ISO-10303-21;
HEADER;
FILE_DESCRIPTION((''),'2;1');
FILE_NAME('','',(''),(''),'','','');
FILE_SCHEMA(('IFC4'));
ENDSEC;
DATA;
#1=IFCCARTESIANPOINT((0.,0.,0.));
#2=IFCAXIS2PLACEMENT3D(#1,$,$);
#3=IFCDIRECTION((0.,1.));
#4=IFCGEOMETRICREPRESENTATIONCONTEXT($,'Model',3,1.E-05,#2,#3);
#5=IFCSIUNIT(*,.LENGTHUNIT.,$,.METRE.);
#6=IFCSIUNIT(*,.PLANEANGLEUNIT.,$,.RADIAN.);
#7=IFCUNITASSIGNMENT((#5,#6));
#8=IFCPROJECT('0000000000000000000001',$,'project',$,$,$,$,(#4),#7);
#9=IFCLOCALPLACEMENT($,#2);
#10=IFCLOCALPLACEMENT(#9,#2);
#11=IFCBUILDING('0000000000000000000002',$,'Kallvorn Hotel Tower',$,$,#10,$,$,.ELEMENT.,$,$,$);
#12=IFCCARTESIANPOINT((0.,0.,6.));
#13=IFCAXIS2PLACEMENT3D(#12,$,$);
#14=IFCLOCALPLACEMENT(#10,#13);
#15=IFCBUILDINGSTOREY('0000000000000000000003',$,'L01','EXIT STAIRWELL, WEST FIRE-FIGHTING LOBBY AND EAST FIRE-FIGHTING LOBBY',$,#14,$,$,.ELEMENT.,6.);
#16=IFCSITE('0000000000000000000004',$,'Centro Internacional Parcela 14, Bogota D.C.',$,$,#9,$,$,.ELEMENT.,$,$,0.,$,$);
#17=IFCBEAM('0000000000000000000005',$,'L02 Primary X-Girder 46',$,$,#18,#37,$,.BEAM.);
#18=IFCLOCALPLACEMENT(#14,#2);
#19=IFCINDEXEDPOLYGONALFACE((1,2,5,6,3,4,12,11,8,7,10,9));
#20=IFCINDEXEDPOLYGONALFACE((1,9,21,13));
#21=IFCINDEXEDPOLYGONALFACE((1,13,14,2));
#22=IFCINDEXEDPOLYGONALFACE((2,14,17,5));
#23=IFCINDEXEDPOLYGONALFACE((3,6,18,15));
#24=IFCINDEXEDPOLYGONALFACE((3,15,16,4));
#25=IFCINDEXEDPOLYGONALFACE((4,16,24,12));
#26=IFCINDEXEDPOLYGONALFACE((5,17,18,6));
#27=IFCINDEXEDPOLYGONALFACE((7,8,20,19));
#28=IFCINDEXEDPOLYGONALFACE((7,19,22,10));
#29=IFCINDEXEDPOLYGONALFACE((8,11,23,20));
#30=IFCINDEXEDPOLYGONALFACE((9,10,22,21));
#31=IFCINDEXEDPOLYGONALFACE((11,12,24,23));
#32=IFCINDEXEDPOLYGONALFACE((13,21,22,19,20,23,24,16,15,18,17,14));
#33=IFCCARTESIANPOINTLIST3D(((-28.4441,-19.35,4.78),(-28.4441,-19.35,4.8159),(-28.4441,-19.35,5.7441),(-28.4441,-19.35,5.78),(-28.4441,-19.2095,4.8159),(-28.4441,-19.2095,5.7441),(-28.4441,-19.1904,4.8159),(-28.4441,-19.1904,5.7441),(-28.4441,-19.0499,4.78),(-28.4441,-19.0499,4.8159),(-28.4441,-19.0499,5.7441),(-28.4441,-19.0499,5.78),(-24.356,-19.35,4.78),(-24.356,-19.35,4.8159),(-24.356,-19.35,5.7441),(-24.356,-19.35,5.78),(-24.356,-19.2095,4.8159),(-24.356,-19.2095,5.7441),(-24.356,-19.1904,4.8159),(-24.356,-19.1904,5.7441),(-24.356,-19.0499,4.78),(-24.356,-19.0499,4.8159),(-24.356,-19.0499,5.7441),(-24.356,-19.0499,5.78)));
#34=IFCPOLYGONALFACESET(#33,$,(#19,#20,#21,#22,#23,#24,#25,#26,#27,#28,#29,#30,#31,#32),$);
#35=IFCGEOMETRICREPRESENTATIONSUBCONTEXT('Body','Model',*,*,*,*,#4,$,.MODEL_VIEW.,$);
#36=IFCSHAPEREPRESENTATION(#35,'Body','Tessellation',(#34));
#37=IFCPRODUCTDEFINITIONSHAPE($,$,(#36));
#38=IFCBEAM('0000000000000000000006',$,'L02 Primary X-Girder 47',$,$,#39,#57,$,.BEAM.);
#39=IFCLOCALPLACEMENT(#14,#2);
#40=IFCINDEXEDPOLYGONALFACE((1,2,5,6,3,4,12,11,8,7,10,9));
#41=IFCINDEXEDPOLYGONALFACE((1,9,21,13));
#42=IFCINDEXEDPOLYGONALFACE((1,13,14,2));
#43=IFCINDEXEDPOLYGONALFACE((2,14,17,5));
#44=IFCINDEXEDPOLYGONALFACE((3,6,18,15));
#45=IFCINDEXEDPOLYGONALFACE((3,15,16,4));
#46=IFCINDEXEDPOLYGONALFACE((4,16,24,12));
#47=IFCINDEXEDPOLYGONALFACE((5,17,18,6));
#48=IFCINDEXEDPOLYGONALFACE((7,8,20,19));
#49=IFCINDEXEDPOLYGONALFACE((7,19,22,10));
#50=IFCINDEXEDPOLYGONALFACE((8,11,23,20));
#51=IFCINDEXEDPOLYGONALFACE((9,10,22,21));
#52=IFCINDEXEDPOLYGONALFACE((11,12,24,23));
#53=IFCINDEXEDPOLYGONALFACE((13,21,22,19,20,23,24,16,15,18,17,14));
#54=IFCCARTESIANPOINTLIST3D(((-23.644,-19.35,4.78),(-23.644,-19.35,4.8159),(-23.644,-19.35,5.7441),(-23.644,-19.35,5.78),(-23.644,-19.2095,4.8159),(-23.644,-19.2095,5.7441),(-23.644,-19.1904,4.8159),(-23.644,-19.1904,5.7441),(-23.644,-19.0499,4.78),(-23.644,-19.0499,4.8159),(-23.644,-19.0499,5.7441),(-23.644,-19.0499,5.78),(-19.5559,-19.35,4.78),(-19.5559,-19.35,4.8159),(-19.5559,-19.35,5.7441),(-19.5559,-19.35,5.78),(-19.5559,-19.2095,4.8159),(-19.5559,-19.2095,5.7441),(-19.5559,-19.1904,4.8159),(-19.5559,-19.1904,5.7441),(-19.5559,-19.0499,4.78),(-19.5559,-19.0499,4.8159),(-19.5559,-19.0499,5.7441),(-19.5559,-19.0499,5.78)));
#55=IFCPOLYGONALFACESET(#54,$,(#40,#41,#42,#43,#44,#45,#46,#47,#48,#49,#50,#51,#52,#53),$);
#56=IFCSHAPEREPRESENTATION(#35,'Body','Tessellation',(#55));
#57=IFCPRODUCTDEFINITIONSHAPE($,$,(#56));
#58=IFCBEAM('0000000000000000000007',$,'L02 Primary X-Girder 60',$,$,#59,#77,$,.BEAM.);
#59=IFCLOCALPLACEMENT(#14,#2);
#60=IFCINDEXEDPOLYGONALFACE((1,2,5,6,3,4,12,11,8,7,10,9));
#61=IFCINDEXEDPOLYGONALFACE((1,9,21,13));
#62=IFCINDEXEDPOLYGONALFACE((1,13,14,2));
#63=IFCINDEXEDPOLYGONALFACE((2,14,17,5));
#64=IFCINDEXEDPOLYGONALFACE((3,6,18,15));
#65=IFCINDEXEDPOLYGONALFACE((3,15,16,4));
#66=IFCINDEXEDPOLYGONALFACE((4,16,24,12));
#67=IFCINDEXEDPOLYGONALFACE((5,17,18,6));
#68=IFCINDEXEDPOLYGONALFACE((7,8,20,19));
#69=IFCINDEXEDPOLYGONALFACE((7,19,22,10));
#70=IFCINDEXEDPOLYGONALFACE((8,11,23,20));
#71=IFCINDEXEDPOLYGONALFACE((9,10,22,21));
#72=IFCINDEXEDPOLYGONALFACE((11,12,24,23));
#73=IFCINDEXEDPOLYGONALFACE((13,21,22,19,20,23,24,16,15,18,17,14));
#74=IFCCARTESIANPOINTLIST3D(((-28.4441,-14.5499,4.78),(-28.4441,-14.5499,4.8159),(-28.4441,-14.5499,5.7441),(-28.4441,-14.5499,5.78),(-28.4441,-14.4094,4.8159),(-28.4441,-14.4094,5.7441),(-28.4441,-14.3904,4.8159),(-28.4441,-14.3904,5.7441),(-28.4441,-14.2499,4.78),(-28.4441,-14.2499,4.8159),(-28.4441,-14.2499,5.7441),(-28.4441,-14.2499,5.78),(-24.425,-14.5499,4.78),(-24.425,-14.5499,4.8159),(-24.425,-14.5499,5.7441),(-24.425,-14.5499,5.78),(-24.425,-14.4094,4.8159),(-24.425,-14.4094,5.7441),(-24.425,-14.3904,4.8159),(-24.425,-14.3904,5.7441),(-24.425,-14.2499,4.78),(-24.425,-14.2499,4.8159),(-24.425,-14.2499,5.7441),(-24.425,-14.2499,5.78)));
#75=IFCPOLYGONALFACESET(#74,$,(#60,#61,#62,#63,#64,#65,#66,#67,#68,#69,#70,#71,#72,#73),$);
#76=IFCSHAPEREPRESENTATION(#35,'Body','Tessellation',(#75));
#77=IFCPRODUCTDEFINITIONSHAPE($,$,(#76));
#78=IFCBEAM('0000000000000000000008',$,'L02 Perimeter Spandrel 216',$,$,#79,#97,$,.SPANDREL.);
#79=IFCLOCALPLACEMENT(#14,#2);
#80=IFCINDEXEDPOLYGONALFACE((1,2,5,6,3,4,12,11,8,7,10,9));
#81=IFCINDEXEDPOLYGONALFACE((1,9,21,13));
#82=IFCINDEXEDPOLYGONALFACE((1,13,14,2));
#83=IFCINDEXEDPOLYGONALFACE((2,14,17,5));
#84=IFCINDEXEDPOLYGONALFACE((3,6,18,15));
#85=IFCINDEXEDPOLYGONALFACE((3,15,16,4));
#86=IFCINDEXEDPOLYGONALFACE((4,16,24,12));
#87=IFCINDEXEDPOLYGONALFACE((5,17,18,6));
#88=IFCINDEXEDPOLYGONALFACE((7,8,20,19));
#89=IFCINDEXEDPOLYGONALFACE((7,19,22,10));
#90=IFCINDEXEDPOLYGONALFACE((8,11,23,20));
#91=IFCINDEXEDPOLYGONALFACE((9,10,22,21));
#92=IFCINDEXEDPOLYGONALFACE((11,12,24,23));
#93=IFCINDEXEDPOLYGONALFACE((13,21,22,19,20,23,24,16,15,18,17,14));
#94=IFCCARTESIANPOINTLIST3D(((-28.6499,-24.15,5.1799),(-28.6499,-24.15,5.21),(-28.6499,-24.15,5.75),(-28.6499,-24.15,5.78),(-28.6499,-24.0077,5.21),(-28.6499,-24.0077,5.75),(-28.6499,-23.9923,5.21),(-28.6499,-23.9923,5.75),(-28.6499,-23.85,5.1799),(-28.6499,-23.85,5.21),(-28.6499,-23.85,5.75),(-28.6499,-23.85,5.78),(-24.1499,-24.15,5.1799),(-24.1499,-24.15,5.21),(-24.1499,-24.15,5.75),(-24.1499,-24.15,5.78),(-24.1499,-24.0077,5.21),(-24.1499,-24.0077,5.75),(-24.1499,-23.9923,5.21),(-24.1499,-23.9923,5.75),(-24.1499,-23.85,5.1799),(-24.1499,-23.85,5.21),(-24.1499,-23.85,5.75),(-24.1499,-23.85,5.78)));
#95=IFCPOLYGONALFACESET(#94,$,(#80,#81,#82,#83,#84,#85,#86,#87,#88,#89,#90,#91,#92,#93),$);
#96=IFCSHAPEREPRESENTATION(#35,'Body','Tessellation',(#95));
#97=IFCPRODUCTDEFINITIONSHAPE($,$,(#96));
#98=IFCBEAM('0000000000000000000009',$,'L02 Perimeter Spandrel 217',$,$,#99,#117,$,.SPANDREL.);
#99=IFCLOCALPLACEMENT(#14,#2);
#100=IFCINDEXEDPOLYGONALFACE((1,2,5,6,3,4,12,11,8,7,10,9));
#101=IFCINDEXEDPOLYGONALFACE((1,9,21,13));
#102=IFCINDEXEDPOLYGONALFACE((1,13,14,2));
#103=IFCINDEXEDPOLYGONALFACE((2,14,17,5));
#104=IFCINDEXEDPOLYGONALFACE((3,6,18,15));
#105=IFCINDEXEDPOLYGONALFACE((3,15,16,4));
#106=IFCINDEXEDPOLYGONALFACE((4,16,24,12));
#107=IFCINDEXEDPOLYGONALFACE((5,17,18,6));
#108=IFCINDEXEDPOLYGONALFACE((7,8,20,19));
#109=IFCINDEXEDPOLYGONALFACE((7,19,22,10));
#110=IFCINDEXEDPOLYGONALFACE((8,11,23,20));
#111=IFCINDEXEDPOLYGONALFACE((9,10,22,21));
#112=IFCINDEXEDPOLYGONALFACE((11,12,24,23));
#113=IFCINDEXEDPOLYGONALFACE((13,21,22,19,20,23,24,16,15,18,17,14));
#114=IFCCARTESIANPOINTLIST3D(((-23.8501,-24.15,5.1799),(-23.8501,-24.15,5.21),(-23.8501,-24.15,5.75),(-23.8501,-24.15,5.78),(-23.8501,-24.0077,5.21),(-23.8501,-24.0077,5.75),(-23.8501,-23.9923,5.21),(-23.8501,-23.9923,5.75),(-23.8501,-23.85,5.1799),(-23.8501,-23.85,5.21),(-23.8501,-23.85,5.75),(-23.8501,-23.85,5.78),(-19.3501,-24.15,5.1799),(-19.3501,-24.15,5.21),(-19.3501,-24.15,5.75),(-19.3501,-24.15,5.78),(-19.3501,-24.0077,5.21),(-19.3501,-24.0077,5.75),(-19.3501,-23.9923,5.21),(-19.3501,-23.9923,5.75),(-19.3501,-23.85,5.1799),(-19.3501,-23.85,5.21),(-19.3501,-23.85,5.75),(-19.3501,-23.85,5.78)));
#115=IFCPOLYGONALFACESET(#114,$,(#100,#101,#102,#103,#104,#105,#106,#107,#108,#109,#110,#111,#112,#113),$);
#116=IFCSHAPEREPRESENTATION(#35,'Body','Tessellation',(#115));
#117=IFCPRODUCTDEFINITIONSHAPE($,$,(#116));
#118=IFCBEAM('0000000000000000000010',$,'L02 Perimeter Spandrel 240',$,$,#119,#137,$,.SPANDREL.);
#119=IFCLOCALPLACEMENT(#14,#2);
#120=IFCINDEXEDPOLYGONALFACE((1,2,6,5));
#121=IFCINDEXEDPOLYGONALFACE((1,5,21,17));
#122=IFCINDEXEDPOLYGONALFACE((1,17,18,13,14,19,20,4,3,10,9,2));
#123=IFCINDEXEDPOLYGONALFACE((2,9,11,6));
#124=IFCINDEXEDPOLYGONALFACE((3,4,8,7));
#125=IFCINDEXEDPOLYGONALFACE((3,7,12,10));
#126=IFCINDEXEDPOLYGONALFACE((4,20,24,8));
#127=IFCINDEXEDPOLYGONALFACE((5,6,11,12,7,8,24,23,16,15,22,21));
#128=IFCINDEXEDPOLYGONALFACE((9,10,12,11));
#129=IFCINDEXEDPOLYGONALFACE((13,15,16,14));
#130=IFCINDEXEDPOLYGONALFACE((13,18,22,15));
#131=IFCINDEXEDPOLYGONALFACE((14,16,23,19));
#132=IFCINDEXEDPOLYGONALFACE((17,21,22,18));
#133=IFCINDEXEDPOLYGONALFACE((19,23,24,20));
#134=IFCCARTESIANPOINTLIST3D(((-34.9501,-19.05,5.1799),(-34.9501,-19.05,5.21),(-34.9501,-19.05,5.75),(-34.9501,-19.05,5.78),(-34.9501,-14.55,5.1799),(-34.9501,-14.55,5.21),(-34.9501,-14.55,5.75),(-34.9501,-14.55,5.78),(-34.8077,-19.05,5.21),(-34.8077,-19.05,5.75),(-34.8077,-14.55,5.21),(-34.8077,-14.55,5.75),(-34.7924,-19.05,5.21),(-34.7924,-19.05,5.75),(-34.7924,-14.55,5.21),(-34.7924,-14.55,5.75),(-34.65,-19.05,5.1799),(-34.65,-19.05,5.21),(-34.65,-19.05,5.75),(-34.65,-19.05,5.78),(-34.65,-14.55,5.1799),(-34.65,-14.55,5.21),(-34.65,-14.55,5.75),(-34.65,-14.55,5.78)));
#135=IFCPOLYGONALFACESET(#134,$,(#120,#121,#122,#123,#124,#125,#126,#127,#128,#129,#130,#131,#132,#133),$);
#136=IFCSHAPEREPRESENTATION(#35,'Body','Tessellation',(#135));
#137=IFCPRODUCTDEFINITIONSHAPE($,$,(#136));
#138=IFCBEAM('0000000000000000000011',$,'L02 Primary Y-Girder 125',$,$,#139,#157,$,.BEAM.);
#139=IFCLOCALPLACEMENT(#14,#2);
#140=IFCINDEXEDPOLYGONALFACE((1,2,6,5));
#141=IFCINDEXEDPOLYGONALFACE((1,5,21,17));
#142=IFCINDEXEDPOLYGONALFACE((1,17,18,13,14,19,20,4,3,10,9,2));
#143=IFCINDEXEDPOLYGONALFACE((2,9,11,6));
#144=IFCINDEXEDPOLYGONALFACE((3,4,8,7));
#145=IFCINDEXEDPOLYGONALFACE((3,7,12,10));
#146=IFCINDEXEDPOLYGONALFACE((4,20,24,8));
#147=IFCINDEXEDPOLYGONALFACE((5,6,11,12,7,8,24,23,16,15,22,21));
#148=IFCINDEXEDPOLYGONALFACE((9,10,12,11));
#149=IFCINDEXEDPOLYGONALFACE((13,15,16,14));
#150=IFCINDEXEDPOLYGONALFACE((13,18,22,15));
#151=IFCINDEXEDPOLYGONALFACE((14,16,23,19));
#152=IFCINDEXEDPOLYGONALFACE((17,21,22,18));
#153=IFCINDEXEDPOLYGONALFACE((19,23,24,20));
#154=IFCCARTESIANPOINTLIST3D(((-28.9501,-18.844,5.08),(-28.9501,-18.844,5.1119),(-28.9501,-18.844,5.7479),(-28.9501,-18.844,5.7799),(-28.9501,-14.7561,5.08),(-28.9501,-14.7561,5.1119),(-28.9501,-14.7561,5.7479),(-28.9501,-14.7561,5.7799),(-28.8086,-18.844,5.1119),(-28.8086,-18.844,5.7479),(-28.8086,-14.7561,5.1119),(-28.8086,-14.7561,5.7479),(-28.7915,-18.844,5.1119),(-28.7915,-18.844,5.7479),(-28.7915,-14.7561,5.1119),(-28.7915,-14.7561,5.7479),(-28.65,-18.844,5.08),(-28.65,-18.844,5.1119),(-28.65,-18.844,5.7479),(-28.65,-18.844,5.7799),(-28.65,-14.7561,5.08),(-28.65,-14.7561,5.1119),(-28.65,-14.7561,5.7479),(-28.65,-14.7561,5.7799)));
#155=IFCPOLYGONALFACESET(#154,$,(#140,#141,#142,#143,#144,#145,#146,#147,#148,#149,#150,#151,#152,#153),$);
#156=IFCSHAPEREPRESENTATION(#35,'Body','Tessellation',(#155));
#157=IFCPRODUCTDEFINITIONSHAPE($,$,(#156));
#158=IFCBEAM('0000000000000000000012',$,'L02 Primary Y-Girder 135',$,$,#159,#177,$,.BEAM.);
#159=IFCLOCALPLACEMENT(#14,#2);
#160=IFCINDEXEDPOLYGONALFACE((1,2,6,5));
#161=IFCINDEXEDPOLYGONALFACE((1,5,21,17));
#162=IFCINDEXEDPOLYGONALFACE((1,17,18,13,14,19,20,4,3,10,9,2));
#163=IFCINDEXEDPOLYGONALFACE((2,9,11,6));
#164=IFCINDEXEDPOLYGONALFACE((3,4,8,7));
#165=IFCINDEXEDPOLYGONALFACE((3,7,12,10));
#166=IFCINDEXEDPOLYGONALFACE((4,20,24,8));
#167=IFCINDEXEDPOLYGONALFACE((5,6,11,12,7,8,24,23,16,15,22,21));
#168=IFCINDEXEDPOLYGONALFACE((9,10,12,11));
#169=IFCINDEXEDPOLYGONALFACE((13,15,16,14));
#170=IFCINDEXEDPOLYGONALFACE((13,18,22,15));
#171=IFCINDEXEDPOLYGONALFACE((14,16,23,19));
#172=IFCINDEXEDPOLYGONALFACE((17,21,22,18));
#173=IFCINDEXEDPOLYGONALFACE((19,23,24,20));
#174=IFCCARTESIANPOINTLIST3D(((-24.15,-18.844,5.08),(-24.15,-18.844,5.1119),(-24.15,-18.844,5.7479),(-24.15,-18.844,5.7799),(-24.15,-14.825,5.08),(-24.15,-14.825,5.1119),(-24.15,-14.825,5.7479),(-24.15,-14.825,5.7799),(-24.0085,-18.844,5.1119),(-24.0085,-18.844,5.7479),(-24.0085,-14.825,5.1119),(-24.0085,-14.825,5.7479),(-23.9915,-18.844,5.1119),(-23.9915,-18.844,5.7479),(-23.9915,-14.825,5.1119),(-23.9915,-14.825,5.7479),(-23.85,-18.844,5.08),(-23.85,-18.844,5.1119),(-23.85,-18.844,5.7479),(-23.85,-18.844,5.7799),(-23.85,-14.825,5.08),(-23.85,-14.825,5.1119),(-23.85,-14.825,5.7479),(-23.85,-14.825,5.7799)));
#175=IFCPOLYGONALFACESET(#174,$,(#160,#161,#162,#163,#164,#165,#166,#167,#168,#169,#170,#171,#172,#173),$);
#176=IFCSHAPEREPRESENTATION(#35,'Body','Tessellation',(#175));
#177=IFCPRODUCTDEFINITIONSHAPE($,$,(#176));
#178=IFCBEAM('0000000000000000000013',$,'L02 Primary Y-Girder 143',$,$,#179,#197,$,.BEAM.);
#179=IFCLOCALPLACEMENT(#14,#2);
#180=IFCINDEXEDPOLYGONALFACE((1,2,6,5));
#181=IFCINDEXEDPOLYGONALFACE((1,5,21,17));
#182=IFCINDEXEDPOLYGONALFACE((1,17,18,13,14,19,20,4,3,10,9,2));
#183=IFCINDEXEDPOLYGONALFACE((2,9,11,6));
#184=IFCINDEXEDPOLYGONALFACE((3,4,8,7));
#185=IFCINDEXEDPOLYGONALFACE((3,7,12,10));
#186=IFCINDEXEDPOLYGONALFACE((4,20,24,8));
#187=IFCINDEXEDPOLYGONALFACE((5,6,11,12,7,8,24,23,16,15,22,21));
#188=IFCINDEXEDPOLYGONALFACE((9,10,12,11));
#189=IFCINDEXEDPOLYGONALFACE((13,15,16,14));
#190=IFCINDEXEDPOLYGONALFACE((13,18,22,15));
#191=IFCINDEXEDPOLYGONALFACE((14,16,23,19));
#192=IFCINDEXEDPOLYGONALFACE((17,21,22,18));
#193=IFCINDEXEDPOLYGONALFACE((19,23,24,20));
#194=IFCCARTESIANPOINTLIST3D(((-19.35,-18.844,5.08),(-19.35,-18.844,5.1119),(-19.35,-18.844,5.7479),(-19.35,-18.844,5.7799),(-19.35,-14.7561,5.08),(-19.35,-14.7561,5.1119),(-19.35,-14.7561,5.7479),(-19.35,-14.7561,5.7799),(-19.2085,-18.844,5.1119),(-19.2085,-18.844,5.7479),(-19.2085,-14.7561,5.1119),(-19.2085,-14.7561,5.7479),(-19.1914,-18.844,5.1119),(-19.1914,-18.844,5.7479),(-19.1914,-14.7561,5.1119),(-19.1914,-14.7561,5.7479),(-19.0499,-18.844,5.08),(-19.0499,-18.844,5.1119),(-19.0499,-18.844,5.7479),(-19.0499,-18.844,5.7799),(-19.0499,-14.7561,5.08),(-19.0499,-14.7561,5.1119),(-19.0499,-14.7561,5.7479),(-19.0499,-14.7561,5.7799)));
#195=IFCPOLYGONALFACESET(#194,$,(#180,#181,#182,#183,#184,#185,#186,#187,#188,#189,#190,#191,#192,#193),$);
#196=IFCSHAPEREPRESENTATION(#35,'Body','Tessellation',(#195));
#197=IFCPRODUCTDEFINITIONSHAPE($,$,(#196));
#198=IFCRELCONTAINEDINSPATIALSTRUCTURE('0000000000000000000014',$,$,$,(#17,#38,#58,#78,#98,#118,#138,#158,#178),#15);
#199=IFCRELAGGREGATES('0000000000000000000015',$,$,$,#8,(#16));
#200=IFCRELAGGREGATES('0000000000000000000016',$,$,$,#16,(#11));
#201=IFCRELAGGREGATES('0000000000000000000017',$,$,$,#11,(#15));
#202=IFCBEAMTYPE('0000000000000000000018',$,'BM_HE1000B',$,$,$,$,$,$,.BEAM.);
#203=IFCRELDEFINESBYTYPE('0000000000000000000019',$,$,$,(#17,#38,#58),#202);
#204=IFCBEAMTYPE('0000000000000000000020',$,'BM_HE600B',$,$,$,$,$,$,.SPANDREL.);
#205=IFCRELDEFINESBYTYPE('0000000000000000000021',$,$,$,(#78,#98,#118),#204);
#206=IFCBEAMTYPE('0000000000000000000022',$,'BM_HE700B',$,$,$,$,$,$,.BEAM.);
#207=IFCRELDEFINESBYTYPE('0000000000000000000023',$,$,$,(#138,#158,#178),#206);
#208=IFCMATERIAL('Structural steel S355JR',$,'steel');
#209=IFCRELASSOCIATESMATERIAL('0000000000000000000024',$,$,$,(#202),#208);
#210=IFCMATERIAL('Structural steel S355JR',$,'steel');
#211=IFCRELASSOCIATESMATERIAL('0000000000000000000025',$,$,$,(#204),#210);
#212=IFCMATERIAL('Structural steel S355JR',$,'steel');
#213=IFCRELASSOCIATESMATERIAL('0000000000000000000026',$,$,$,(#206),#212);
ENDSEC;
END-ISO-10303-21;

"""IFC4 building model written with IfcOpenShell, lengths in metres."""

from ifc_helpers import new_model, si_unit, direction, frame, origin, origin_2d, place, context, subcontext, project, spatial, i_section, extrude, material, material_profile, profile_set, type_object, element, save


model = new_model("IFC4")

# Units and contexts
model_context = context("Model", 3, precision=1e-05, world=origin(), true_north=direction((0.0, 1.0)))
body_context = subcontext(model_context, "Body", "Model", "MODEL_VIEW")
ifc_project = project(units=[si_unit("LENGTHUNIT", "METRE"), si_unit("PLANEANGLEUNIT", "RADIAN")], contexts=[model_context])

# Site, building, storey
site_placement = place(None, origin())
site = spatial("IfcSite", under=ifc_project, at=site_placement, Name="Centro Internacional Parcela 14, Bogota D.C.", CompositionType="ELEMENT", RefElevation=0.0)
building_placement = place(site_placement, origin())
building = spatial("IfcBuilding", under=site, at=building_placement, Name="Kallvorn Hotel Tower", CompositionType="ELEMENT")
storey_placement = place(building_placement, frame((0.0, 0.0, 6.0)))
storey = spatial("IfcBuildingStorey", under=building, at=storey_placement, Name="L01", Description="EXIT STAIRWELL, WEST FIRE-FIGHTING LOBBY AND EAST FIRE-FIGHTING LOBBY", CompositionType="ELEMENT", Elevation=6.0)

# Beams
ifc_material_1 = material(Name="Structural steel S355JR", Category="steel")
ifc_material_profile_1 = material_profile(ifc_material_1, i_section(OverallWidth=0.3, OverallDepth=1.0, WebThickness=0.019, FlangeThickness=0.0359, at=origin_2d()), Name="HE 1000 B")
ifc_profile_set_1 = profile_set([ifc_material_profile_1], Name="Structural steel S355JR")
beam_type_1 = type_object("IfcBeamType", Name="BM_HE1000B", PredefinedType="BEAM", material=ifc_profile_set_1)
for number, where, z_axis, x_axis, name in (
    (1, (-28.4441, -19.2, 5.28), (1.0, 0.0, 0.0), (0.0, 1.0, 0.0), "L02 Primary X-Girder 46"),
    (2, (-23.644, -19.2, 5.28), (1.0, 0.0, 0.0), (0.0, 1.0, 0.0), "L02 Primary X-Girder 47"),
):
    element("IfcBeam", number, at=place(storey_placement, frame(where, z_axis=z_axis, x_axis=x_axis)), inside=storey, type_object=beam_type_1, Name=name, PredefinedType="BEAM", context=body_context, shape_type="SweptSolid", body=[
        extrude(i_section(OverallWidth=0.3, OverallDepth=1.0, WebThickness=0.019, FlangeThickness=0.0359, at=origin_2d()), origin(), (0.0, 0.0, 1.0), 4.0881),
    ])
beam_1_placement = place(storey_placement, frame((-28.4441, -14.3999, 5.28), z_axis=(1.0, 0.0, 0.0), x_axis=(0.0, 1.0, 0.0)))
element("IfcBeam", 3, at=beam_1_placement, inside=storey, type_object=beam_type_1, Name="L02 Primary X-Girder 60", PredefinedType="BEAM", context=body_context, shape_type="SweptSolid", body=[
    extrude(i_section(OverallWidth=0.3, OverallDepth=1.0, WebThickness=0.019, FlangeThickness=0.0359, at=origin_2d()), origin(), (0.0, 0.0, 1.0), 4.019),
])
ifc_material_2 = material(Name="Structural steel S355JR", Category="steel")
ifc_material_profile_2 = material_profile(ifc_material_2, i_section(OverallWidth=0.3, OverallDepth=0.6001, WebThickness=0.0154, FlangeThickness=0.03, at=origin_2d()), Name="HE 600 B")
ifc_profile_set_2 = profile_set([ifc_material_profile_2], Name="Structural steel S355JR")
beam_type_2 = type_object("IfcBeamType", Name="BM_HE600B", PredefinedType="SPANDREL", material=ifc_profile_set_2)
for number, where, z_axis, x_axis, name in (
    (4, (-28.6499, -24.0, 5.48), (1.0, 0.0, 0.0), (0.0, 1.0, 0.0), "L02 Perimeter Spandrel 216"),
    (5, (-23.8501, -24.0, 5.48), (1.0, 0.0, 0.0), (0.0, 1.0, 0.0), "L02 Perimeter Spandrel 217"),
    (6, (-34.8, -19.05, 5.48), (0.0, 1.0, 0.0), (-1.0, 0.0, 0.0), "L02 Perimeter Spandrel 240"),
):
    element("IfcBeam", number, at=place(storey_placement, frame(where, z_axis=z_axis, x_axis=x_axis)), inside=storey, type_object=beam_type_2, Name=name, PredefinedType="SPANDREL", context=body_context, shape_type="SweptSolid", body=[
        extrude(i_section(OverallWidth=0.3, OverallDepth=0.6001, WebThickness=0.0154, FlangeThickness=0.03, at=origin_2d()), origin(), (0.0, 0.0, 1.0), 4.5),
    ])
ifc_material_3 = material(Name="Structural steel S355JR", Category="steel")
ifc_material_profile_3 = material_profile(ifc_material_3, i_section(OverallWidth=0.3, OverallDepth=0.7, WebThickness=0.0171, FlangeThickness=0.032, at=origin_2d()), Name="HE 700 B")
ifc_profile_set_3 = profile_set([ifc_material_profile_3], Name="Structural steel S355JR")
beam_type_3 = type_object("IfcBeamType", Name="BM_HE700B", PredefinedType="BEAM", material=ifc_profile_set_3)
beam_2_placement = place(storey_placement, frame((-28.8, -18.844, 5.4299), z_axis=(0.0, 1.0, 0.0), x_axis=(-1.0, 0.0, 0.0)))
element("IfcBeam", 7, at=beam_2_placement, inside=storey, type_object=beam_type_3, Name="L02 Primary Y-Girder 125", PredefinedType="BEAM", context=body_context, shape_type="SweptSolid", body=[
    extrude(i_section(OverallWidth=0.3, OverallDepth=0.7, WebThickness=0.0171, FlangeThickness=0.032, at=origin_2d()), origin(), (0.0, 0.0, 1.0), 4.0879),
])
beam_3_placement = place(storey_placement, frame((-24.0, -18.844, 5.4299), z_axis=(0.0, 1.0, 0.0), x_axis=(-1.0, 0.0, 0.0)))
element("IfcBeam", 8, at=beam_3_placement, inside=storey, type_object=beam_type_3, Name="L02 Primary Y-Girder 135", PredefinedType="BEAM", context=body_context, shape_type="SweptSolid", body=[
    extrude(i_section(OverallWidth=0.3, OverallDepth=0.7, WebThickness=0.0171, FlangeThickness=0.032, at=origin_2d()), origin(), (0.0, 0.0, 1.0), 4.019),
])
beam_4_placement = place(storey_placement, frame((-19.2, -18.844, 5.4299), z_axis=(0.0, 1.0, 0.0), x_axis=(-1.0, 0.0, 0.0)))
element("IfcBeam", 9, at=beam_4_placement, inside=storey, type_object=beam_type_3, Name="L02 Primary Y-Girder 143", PredefinedType="BEAM", context=body_context, shape_type="SweptSolid", body=[
    extrude(i_section(OverallWidth=0.3, OverallDepth=0.7, WebThickness=0.0171, FlangeThickness=0.032, at=origin_2d()), origin(), (0.0, 0.0, 1.0), 4.0879),
])

save(model, "model.ifc")
